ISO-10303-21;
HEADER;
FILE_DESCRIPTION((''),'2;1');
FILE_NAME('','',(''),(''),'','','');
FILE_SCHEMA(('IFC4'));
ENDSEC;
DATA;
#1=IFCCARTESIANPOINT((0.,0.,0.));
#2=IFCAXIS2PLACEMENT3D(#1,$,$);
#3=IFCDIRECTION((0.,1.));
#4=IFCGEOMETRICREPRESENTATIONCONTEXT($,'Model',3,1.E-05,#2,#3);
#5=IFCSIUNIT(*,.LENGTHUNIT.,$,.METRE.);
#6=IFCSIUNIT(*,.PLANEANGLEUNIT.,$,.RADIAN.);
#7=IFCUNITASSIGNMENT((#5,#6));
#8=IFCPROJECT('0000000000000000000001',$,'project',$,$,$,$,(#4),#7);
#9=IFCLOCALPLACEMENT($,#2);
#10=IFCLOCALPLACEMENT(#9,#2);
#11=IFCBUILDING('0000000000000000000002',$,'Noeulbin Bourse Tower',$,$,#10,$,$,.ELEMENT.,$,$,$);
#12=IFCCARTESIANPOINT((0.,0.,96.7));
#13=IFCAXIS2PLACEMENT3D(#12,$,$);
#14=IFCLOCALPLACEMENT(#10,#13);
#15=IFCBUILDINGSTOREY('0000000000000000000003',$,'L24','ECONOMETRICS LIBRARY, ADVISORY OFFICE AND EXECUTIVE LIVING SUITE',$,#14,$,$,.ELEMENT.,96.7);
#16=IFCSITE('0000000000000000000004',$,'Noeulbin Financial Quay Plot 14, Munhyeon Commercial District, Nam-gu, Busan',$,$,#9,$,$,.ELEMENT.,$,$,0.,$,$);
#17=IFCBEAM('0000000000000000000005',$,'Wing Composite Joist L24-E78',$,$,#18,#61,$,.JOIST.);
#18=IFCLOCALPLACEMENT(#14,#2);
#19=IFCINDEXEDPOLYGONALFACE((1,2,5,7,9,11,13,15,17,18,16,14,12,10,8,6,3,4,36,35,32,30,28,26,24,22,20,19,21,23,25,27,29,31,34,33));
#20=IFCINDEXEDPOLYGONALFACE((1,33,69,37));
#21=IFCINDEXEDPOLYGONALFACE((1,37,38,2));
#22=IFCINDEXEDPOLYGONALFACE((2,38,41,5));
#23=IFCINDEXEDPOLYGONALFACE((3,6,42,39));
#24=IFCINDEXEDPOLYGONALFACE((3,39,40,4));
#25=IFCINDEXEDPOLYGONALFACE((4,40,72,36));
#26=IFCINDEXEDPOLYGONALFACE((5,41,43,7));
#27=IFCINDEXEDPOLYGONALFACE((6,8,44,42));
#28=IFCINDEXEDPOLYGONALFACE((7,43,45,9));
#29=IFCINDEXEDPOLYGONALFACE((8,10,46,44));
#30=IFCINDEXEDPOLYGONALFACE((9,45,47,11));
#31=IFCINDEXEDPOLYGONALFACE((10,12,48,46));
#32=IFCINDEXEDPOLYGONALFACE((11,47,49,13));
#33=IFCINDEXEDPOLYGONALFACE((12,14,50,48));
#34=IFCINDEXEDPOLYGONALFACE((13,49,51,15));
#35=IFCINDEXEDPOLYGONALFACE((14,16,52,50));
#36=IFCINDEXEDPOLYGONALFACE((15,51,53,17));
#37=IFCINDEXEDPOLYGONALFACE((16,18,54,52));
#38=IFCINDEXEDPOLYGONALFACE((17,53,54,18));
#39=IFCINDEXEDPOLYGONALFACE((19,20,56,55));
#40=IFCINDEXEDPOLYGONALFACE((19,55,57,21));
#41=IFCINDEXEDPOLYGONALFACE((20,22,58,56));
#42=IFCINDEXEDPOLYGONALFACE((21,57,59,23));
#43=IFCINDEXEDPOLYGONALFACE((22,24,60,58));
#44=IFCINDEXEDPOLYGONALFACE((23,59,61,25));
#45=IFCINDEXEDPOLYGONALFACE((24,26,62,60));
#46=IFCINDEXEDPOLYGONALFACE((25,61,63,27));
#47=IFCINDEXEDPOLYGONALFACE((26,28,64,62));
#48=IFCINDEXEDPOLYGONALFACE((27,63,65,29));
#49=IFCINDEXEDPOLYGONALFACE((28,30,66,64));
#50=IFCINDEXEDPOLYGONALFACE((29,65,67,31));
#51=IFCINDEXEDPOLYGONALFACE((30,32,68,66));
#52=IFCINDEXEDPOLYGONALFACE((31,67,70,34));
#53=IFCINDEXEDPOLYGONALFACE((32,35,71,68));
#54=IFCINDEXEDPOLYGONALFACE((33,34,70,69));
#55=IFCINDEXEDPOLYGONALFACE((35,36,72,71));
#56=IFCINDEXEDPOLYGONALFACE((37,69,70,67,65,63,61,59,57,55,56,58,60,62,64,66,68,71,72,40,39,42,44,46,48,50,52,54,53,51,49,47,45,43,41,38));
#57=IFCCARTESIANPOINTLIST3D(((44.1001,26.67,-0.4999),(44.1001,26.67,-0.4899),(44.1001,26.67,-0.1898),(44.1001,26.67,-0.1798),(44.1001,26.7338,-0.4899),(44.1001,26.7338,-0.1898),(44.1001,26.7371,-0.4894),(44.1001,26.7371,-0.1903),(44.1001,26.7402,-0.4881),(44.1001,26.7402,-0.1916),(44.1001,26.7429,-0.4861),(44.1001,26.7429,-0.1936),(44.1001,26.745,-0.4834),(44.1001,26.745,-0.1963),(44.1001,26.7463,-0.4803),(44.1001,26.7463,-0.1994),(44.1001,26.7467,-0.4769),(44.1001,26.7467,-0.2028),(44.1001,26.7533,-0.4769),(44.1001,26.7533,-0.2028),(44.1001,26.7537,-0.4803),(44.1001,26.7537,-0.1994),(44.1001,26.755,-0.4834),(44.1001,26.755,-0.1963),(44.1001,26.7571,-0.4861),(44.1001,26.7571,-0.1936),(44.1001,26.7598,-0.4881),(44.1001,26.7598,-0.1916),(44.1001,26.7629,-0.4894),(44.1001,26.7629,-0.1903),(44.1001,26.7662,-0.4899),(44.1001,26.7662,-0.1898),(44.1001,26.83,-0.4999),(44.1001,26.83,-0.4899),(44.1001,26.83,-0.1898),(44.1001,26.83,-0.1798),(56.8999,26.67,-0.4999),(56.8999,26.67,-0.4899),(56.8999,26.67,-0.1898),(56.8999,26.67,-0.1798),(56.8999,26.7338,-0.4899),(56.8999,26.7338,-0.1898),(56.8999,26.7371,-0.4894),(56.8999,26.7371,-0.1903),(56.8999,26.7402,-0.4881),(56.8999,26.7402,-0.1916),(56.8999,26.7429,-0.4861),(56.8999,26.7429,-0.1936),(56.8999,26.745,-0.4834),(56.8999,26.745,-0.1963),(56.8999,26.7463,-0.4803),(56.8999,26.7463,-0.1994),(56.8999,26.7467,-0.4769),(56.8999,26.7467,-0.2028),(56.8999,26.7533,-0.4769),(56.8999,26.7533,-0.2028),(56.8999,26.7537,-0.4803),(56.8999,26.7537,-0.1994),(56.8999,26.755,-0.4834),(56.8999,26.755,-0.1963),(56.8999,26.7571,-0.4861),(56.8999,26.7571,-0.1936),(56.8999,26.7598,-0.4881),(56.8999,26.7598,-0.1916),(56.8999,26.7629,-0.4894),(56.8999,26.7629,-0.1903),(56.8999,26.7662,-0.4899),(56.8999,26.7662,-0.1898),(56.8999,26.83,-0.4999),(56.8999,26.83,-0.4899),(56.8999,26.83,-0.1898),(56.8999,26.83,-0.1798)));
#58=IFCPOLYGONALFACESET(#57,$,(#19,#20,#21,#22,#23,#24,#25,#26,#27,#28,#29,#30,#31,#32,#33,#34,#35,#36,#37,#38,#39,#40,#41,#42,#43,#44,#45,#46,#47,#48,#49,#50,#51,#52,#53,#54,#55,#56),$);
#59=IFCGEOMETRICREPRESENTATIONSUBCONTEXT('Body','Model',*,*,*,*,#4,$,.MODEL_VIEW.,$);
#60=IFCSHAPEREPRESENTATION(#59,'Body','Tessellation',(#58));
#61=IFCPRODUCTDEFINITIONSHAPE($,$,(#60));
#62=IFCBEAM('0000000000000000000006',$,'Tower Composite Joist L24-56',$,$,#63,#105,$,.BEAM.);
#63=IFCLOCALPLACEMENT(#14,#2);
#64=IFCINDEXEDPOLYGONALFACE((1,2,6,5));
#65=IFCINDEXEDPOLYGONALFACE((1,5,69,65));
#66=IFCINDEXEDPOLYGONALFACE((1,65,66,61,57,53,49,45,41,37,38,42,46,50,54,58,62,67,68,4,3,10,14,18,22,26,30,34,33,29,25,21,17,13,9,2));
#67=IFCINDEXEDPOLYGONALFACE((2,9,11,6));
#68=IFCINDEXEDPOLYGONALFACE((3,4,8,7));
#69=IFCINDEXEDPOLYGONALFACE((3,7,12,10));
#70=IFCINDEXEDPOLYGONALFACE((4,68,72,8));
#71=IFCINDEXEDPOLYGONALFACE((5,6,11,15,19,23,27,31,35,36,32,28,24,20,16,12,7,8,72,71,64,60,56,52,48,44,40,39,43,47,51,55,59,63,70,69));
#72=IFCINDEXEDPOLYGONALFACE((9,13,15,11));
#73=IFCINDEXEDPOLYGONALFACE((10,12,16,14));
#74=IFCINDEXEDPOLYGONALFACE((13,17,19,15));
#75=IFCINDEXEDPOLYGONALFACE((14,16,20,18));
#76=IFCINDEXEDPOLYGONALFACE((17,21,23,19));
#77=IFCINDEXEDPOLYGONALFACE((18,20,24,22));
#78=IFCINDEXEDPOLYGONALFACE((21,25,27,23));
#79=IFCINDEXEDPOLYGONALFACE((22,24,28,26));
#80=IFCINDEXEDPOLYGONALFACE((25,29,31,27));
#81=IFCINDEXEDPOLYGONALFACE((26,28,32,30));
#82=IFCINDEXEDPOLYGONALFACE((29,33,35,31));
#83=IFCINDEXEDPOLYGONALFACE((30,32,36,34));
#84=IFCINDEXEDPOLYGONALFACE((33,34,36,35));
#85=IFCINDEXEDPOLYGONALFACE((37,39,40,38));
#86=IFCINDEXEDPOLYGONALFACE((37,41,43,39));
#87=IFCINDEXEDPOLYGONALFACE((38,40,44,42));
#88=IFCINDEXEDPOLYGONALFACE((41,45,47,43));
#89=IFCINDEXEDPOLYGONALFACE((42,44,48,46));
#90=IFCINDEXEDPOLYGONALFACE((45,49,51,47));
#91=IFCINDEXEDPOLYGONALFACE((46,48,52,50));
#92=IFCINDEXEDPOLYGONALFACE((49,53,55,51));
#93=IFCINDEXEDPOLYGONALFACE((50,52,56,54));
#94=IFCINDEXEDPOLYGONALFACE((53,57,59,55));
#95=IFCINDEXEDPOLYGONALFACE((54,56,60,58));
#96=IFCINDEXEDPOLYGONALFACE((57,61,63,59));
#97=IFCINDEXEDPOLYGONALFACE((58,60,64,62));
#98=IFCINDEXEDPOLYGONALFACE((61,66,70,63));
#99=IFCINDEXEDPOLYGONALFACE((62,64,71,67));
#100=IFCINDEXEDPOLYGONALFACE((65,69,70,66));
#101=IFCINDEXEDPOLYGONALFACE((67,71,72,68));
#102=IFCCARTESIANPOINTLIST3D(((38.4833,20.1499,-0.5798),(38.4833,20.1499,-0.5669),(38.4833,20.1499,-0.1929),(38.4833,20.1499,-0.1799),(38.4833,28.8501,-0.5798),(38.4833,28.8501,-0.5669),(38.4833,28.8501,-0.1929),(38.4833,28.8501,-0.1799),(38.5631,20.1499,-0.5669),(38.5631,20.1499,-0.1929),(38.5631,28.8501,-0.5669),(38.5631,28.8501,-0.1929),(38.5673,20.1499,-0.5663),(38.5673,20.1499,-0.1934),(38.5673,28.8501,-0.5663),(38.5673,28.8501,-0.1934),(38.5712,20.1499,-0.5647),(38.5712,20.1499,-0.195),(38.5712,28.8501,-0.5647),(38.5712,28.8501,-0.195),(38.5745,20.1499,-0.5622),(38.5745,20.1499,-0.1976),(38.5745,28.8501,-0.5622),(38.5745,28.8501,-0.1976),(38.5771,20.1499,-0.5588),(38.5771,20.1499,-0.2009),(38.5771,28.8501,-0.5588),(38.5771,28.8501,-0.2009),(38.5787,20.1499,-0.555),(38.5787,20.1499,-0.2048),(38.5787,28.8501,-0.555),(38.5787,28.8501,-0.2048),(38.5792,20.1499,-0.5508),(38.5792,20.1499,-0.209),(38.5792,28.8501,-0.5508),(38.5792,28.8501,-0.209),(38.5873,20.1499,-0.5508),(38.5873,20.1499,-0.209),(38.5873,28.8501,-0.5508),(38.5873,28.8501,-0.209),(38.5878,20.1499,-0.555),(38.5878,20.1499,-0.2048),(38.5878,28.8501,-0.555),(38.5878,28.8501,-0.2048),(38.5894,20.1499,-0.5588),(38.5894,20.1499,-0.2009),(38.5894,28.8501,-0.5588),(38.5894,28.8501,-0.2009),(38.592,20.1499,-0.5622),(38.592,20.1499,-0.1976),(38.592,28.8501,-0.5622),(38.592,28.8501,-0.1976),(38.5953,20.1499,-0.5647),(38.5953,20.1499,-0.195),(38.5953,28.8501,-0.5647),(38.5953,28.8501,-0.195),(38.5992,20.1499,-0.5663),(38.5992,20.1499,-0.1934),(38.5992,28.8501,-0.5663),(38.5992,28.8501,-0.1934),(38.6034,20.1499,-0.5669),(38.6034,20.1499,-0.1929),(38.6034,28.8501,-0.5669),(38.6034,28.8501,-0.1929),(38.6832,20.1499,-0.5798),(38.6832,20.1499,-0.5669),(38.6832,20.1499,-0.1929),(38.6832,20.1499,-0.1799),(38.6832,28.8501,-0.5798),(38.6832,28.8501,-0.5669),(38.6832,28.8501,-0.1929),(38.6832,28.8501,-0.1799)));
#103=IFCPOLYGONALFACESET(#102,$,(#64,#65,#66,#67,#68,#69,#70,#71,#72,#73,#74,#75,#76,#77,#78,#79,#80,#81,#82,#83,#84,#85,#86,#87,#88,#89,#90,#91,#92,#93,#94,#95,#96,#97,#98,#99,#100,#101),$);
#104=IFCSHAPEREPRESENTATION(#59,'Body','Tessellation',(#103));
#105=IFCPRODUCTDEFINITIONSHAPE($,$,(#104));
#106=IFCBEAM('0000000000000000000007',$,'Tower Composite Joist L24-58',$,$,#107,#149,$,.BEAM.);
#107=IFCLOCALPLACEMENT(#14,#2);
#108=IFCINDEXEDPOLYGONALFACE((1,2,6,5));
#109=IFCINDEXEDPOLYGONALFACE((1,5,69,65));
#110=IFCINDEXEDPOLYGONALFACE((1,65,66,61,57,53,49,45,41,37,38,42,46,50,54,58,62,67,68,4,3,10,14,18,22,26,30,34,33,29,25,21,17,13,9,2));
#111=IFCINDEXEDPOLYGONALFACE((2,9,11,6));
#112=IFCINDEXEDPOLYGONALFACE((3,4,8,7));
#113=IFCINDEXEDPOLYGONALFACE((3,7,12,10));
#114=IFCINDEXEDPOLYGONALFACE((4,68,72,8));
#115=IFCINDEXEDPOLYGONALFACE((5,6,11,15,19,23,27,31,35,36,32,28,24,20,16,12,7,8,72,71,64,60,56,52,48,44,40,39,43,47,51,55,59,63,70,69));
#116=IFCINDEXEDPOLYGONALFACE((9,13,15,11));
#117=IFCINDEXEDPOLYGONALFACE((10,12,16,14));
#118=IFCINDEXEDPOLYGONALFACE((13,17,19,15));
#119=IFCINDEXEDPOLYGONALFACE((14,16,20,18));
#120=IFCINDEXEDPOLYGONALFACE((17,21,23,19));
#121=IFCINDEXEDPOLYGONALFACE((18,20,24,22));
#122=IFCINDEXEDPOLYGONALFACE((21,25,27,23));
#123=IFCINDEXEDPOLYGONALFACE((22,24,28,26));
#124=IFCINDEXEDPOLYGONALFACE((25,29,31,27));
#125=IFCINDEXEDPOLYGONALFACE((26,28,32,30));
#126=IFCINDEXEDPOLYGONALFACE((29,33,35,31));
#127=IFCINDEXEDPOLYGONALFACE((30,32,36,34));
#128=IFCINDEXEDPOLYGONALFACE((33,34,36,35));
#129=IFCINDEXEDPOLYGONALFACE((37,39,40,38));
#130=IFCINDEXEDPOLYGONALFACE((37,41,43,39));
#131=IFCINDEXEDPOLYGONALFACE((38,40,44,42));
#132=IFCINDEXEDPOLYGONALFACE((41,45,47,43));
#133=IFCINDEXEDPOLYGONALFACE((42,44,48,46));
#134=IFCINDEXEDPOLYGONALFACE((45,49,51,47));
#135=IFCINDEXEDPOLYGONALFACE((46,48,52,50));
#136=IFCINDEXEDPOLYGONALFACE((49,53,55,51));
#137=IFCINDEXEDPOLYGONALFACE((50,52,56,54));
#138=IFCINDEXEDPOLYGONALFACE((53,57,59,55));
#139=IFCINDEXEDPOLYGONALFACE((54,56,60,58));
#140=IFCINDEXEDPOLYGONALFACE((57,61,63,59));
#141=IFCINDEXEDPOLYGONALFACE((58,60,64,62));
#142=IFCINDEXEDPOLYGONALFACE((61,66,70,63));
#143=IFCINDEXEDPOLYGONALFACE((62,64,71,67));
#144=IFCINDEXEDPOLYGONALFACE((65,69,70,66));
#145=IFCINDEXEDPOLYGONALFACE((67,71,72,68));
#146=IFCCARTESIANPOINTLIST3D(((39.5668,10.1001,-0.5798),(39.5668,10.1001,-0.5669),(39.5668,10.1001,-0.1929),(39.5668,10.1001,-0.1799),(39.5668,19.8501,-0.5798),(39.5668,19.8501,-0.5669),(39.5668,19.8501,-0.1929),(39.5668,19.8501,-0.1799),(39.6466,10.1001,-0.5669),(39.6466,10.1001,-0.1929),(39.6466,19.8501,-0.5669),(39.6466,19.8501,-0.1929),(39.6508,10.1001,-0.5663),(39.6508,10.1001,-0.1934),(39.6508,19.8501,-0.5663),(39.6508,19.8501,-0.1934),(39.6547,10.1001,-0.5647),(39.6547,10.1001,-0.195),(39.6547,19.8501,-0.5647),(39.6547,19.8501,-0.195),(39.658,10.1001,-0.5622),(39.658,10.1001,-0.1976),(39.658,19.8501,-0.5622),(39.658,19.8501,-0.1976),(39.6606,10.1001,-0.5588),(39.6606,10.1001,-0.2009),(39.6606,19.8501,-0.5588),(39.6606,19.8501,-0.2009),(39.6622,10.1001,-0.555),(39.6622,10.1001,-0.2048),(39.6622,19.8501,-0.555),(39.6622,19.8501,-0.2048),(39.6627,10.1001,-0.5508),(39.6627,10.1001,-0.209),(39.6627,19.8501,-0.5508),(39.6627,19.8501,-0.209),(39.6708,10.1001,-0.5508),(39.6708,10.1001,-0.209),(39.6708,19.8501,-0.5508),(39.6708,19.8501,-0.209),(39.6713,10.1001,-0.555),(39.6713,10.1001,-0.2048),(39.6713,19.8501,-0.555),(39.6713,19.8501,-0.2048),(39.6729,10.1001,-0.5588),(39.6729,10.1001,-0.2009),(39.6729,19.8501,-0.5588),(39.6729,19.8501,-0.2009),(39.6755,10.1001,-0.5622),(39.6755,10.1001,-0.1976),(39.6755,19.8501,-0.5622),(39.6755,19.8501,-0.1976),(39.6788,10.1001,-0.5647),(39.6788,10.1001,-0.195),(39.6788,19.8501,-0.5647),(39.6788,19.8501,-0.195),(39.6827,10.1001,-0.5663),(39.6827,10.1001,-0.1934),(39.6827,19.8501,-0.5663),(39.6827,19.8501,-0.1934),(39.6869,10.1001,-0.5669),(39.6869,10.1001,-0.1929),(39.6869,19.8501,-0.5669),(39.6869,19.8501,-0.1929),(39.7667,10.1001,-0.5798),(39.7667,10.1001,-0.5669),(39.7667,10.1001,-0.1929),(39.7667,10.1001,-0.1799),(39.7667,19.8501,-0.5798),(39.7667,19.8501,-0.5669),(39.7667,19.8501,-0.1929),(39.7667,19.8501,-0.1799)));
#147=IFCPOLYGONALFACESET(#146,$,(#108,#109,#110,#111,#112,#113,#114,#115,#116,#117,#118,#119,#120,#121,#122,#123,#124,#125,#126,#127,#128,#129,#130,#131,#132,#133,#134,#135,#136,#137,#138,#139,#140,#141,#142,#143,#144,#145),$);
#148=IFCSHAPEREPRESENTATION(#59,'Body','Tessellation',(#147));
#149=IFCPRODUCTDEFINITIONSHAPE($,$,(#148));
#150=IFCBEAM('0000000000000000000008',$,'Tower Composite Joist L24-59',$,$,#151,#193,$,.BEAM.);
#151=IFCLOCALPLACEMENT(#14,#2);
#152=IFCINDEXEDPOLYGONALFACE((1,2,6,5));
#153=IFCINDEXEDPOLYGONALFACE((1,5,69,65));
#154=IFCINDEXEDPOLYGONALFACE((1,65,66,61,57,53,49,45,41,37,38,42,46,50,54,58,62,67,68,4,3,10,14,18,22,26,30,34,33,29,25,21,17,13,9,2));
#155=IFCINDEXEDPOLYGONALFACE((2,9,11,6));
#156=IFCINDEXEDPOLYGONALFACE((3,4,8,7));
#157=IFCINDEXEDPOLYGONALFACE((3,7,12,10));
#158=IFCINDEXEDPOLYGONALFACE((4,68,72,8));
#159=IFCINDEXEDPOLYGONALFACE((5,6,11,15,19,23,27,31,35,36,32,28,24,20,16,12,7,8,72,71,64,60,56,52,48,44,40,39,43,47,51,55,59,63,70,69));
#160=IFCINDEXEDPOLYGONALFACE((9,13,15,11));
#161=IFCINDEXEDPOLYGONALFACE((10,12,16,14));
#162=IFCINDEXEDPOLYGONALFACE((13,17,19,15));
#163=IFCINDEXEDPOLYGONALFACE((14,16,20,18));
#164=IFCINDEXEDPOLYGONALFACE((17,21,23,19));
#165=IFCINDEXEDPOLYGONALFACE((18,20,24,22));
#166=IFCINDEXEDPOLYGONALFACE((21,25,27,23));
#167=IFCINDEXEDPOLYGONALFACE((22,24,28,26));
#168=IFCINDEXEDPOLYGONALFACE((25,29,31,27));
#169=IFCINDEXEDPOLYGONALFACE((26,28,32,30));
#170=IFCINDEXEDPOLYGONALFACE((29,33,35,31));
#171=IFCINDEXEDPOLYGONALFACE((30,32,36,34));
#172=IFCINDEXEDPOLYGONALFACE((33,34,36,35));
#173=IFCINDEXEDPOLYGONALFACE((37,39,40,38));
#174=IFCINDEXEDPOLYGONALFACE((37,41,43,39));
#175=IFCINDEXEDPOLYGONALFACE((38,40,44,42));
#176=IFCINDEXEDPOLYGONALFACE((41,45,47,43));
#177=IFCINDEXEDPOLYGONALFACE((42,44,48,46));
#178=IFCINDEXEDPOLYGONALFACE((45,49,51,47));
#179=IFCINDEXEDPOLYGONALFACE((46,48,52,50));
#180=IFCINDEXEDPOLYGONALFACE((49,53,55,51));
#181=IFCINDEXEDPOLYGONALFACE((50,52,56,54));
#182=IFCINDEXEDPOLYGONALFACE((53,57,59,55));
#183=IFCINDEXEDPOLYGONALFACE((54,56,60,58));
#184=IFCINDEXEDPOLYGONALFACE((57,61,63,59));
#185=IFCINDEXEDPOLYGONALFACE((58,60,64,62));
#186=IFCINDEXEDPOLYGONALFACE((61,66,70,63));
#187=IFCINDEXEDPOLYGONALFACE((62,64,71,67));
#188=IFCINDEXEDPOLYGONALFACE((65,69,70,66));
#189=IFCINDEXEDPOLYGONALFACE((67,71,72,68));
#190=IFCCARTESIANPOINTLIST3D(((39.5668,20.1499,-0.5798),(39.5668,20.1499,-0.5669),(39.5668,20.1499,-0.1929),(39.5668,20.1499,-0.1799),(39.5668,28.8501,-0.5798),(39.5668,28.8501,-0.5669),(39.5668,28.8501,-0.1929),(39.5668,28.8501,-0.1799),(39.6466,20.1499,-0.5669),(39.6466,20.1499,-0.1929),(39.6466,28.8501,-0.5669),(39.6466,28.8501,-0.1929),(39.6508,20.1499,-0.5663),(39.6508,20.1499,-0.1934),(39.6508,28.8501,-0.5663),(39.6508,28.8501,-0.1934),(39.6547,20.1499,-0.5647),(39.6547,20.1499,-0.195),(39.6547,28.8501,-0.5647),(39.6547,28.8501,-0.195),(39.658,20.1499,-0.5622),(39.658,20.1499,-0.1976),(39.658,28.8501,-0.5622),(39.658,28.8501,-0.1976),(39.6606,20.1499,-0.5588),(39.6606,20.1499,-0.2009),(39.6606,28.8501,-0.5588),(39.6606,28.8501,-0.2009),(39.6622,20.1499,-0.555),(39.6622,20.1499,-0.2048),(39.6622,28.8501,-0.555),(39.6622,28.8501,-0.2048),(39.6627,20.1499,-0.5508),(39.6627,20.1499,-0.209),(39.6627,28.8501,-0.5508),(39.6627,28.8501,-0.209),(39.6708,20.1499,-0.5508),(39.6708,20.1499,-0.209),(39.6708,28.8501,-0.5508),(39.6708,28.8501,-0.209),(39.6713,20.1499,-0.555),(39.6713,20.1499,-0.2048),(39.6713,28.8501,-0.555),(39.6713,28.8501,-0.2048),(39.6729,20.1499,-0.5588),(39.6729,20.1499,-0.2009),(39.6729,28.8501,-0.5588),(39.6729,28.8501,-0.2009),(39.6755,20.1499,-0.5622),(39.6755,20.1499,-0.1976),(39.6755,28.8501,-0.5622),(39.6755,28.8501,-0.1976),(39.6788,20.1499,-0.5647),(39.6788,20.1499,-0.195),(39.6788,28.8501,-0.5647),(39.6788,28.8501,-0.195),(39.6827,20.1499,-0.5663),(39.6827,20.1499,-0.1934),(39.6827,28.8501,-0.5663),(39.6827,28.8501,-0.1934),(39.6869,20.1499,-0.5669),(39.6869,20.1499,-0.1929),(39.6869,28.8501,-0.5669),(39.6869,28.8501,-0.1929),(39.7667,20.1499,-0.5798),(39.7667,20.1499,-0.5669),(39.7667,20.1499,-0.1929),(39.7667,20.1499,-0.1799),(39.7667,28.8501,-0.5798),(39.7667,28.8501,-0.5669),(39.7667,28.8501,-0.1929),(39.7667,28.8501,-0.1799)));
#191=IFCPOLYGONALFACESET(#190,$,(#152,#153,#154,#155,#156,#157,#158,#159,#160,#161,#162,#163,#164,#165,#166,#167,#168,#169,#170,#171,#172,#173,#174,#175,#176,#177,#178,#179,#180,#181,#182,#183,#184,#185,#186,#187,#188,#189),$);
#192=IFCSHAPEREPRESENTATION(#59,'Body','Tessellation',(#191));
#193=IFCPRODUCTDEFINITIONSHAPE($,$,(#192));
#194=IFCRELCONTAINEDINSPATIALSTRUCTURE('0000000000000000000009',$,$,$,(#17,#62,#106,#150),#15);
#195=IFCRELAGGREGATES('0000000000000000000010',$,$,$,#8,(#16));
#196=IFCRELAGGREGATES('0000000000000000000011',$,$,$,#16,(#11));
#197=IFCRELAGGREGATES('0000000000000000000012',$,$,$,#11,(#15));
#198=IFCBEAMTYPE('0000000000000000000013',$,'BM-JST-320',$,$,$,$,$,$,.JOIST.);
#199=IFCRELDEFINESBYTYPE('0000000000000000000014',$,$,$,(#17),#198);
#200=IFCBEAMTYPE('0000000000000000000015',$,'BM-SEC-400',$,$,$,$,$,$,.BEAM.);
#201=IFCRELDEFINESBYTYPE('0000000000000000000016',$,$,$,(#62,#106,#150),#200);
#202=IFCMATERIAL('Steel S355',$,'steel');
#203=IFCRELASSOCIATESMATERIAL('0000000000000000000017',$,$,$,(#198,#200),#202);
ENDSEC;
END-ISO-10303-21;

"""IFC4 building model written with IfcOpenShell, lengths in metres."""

from ifc_helpers import new_model, si_unit, direction, frame, origin, origin_2d, place, context, subcontext, project, spatial, i_section, extrude, material, material_profile, profile_set, type_object, element, save


model = new_model("IFC4")

# Units and contexts
model_context = context("Model", 3, precision=1e-05, world=origin(), true_north=direction((0.0, 1.0)))
body_context = subcontext(model_context, "Body", "Model", "MODEL_VIEW")
ifc_project = project(units=[si_unit("LENGTHUNIT", "METRE"), si_unit("PLANEANGLEUNIT", "RADIAN")], contexts=[model_context])

# Site, building, storey
site_placement = place(None, origin())
site = spatial("IfcSite", under=ifc_project, at=site_placement, Name="Noeulbin Financial Quay Plot 14, Munhyeon Commercial District, Nam-gu, Busan", CompositionType="ELEMENT", RefElevation=0.0)
building_placement = place(site_placement, origin())
building = spatial("IfcBuilding", under=site, at=building_placement, Name="Noeulbin Bourse Tower", CompositionType="ELEMENT")
storey_placement = place(building_placement, frame((0.0, 0.0, 96.7)))
storey = spatial("IfcBuildingStorey", under=building, at=storey_placement, Name="L24", Description="ECONOMETRICS LIBRARY, ADVISORY OFFICE AND EXECUTIVE LIVING SUITE", CompositionType="ELEMENT", Elevation=96.7)

# Beams
ifc_material_1 = material(Name="Steel S355", Category="steel")
ifc_material_profile_1 = material_profile(ifc_material_1, i_section(OverallWidth=0.1599, OverallDepth=0.3201, WebThickness=0.0066, FlangeThickness=0.01, FilletRadius=0.0129, at=origin_2d()), Name="H-320x160x6.5x10", Category="LoadBearing")
ifc_profile_set_1 = profile_set([ifc_material_profile_1], Name="Steel S355")
beam_type_1 = type_object("IfcBeamType", Name="BM-JST-320", PredefinedType="JOIST", material=ifc_profile_set_1)
for number, where, z_axis, x_axis, name in (
    (1, (44.1001, 26.75, -0.3398), (1.0, 0.0, 0.0), (0.0, 1.0, 0.0), "Wing Composite Joist L24-E78"),
):
    element("IfcBeam", number, at=place(storey_placement, frame(where, z_axis=z_axis, x_axis=x_axis)), inside=storey, type_object=beam_type_1, Name=name, PredefinedType="JOIST", context=body_context, shape_type="SweptSolid", body=[
        extrude(i_section(OverallWidth=0.1599, OverallDepth=0.3201, WebThickness=0.0066, FlangeThickness=0.01, FilletRadius=0.0129, at=origin_2d()), origin(), (0.0, 0.0, 1.0), 12.7998),
    ])
ifc_material_profile_2 = material_profile(ifc_material_1, i_section(OverallWidth=0.2, OverallDepth=0.3999, WebThickness=0.0081, FlangeThickness=0.0129, FilletRadius=0.0161, at=origin_2d()), Name="H-400x200x8x13", Category="LoadBearing")
ifc_profile_set_2 = profile_set([ifc_material_profile_2], Name="Steel S355")
beam_type_2 = type_object("IfcBeamType", Name="BM-SEC-400", PredefinedType="BEAM", material=ifc_profile_set_2)
beam_1_placement = place(storey_placement, frame((38.5833, 20.1499, -0.3799), z_axis=(0.0, 1.0, 0.0), x_axis=(-1.0, 0.0, 0.0)))
element("IfcBeam", 2, at=beam_1_placement, inside=storey, type_object=beam_type_2, Name="Tower Composite Joist L24-56", PredefinedType="BEAM", context=body_context, shape_type="SweptSolid", body=[
    extrude(i_section(OverallWidth=0.2, OverallDepth=0.3999, WebThickness=0.0081, FlangeThickness=0.0129, FilletRadius=0.0161, at=origin_2d()), origin(), (0.0, 0.0, 1.0), 8.7002),
])
beam_2_placement = place(storey_placement, frame((39.6667, 10.1001, -0.3799), z_axis=(0.0, 1.0, 0.0), x_axis=(-1.0, 0.0, 0.0)))
element("IfcBeam", 3, at=beam_2_placement, inside=storey, type_object=beam_type_2, Name="Tower Composite Joist L24-58", PredefinedType="BEAM", context=body_context, shape_type="SweptSolid", body=[
    extrude(i_section(OverallWidth=0.2, OverallDepth=0.3999, WebThickness=0.0081, FlangeThickness=0.0129, FilletRadius=0.0161, at=origin_2d()), origin(), (0.0, 0.0, 1.0), 9.75),
])
beam_3_placement = place(storey_placement, frame((39.6667, 20.1499, -0.3799), z_axis=(0.0, 1.0, 0.0), x_axis=(-1.0, 0.0, 0.0)))
element("IfcBeam", 4, at=beam_3_placement, inside=storey, type_object=beam_type_2, Name="Tower Composite Joist L24-59", PredefinedType="BEAM", context=body_context, shape_type="SweptSolid", body=[
    extrude(i_section(OverallWidth=0.2, OverallDepth=0.3999, WebThickness=0.0081, FlangeThickness=0.0129, FilletRadius=0.0161, at=origin_2d()), origin(), (0.0, 0.0, 1.0), 8.7002),
])

save(model, "model.ifc")
